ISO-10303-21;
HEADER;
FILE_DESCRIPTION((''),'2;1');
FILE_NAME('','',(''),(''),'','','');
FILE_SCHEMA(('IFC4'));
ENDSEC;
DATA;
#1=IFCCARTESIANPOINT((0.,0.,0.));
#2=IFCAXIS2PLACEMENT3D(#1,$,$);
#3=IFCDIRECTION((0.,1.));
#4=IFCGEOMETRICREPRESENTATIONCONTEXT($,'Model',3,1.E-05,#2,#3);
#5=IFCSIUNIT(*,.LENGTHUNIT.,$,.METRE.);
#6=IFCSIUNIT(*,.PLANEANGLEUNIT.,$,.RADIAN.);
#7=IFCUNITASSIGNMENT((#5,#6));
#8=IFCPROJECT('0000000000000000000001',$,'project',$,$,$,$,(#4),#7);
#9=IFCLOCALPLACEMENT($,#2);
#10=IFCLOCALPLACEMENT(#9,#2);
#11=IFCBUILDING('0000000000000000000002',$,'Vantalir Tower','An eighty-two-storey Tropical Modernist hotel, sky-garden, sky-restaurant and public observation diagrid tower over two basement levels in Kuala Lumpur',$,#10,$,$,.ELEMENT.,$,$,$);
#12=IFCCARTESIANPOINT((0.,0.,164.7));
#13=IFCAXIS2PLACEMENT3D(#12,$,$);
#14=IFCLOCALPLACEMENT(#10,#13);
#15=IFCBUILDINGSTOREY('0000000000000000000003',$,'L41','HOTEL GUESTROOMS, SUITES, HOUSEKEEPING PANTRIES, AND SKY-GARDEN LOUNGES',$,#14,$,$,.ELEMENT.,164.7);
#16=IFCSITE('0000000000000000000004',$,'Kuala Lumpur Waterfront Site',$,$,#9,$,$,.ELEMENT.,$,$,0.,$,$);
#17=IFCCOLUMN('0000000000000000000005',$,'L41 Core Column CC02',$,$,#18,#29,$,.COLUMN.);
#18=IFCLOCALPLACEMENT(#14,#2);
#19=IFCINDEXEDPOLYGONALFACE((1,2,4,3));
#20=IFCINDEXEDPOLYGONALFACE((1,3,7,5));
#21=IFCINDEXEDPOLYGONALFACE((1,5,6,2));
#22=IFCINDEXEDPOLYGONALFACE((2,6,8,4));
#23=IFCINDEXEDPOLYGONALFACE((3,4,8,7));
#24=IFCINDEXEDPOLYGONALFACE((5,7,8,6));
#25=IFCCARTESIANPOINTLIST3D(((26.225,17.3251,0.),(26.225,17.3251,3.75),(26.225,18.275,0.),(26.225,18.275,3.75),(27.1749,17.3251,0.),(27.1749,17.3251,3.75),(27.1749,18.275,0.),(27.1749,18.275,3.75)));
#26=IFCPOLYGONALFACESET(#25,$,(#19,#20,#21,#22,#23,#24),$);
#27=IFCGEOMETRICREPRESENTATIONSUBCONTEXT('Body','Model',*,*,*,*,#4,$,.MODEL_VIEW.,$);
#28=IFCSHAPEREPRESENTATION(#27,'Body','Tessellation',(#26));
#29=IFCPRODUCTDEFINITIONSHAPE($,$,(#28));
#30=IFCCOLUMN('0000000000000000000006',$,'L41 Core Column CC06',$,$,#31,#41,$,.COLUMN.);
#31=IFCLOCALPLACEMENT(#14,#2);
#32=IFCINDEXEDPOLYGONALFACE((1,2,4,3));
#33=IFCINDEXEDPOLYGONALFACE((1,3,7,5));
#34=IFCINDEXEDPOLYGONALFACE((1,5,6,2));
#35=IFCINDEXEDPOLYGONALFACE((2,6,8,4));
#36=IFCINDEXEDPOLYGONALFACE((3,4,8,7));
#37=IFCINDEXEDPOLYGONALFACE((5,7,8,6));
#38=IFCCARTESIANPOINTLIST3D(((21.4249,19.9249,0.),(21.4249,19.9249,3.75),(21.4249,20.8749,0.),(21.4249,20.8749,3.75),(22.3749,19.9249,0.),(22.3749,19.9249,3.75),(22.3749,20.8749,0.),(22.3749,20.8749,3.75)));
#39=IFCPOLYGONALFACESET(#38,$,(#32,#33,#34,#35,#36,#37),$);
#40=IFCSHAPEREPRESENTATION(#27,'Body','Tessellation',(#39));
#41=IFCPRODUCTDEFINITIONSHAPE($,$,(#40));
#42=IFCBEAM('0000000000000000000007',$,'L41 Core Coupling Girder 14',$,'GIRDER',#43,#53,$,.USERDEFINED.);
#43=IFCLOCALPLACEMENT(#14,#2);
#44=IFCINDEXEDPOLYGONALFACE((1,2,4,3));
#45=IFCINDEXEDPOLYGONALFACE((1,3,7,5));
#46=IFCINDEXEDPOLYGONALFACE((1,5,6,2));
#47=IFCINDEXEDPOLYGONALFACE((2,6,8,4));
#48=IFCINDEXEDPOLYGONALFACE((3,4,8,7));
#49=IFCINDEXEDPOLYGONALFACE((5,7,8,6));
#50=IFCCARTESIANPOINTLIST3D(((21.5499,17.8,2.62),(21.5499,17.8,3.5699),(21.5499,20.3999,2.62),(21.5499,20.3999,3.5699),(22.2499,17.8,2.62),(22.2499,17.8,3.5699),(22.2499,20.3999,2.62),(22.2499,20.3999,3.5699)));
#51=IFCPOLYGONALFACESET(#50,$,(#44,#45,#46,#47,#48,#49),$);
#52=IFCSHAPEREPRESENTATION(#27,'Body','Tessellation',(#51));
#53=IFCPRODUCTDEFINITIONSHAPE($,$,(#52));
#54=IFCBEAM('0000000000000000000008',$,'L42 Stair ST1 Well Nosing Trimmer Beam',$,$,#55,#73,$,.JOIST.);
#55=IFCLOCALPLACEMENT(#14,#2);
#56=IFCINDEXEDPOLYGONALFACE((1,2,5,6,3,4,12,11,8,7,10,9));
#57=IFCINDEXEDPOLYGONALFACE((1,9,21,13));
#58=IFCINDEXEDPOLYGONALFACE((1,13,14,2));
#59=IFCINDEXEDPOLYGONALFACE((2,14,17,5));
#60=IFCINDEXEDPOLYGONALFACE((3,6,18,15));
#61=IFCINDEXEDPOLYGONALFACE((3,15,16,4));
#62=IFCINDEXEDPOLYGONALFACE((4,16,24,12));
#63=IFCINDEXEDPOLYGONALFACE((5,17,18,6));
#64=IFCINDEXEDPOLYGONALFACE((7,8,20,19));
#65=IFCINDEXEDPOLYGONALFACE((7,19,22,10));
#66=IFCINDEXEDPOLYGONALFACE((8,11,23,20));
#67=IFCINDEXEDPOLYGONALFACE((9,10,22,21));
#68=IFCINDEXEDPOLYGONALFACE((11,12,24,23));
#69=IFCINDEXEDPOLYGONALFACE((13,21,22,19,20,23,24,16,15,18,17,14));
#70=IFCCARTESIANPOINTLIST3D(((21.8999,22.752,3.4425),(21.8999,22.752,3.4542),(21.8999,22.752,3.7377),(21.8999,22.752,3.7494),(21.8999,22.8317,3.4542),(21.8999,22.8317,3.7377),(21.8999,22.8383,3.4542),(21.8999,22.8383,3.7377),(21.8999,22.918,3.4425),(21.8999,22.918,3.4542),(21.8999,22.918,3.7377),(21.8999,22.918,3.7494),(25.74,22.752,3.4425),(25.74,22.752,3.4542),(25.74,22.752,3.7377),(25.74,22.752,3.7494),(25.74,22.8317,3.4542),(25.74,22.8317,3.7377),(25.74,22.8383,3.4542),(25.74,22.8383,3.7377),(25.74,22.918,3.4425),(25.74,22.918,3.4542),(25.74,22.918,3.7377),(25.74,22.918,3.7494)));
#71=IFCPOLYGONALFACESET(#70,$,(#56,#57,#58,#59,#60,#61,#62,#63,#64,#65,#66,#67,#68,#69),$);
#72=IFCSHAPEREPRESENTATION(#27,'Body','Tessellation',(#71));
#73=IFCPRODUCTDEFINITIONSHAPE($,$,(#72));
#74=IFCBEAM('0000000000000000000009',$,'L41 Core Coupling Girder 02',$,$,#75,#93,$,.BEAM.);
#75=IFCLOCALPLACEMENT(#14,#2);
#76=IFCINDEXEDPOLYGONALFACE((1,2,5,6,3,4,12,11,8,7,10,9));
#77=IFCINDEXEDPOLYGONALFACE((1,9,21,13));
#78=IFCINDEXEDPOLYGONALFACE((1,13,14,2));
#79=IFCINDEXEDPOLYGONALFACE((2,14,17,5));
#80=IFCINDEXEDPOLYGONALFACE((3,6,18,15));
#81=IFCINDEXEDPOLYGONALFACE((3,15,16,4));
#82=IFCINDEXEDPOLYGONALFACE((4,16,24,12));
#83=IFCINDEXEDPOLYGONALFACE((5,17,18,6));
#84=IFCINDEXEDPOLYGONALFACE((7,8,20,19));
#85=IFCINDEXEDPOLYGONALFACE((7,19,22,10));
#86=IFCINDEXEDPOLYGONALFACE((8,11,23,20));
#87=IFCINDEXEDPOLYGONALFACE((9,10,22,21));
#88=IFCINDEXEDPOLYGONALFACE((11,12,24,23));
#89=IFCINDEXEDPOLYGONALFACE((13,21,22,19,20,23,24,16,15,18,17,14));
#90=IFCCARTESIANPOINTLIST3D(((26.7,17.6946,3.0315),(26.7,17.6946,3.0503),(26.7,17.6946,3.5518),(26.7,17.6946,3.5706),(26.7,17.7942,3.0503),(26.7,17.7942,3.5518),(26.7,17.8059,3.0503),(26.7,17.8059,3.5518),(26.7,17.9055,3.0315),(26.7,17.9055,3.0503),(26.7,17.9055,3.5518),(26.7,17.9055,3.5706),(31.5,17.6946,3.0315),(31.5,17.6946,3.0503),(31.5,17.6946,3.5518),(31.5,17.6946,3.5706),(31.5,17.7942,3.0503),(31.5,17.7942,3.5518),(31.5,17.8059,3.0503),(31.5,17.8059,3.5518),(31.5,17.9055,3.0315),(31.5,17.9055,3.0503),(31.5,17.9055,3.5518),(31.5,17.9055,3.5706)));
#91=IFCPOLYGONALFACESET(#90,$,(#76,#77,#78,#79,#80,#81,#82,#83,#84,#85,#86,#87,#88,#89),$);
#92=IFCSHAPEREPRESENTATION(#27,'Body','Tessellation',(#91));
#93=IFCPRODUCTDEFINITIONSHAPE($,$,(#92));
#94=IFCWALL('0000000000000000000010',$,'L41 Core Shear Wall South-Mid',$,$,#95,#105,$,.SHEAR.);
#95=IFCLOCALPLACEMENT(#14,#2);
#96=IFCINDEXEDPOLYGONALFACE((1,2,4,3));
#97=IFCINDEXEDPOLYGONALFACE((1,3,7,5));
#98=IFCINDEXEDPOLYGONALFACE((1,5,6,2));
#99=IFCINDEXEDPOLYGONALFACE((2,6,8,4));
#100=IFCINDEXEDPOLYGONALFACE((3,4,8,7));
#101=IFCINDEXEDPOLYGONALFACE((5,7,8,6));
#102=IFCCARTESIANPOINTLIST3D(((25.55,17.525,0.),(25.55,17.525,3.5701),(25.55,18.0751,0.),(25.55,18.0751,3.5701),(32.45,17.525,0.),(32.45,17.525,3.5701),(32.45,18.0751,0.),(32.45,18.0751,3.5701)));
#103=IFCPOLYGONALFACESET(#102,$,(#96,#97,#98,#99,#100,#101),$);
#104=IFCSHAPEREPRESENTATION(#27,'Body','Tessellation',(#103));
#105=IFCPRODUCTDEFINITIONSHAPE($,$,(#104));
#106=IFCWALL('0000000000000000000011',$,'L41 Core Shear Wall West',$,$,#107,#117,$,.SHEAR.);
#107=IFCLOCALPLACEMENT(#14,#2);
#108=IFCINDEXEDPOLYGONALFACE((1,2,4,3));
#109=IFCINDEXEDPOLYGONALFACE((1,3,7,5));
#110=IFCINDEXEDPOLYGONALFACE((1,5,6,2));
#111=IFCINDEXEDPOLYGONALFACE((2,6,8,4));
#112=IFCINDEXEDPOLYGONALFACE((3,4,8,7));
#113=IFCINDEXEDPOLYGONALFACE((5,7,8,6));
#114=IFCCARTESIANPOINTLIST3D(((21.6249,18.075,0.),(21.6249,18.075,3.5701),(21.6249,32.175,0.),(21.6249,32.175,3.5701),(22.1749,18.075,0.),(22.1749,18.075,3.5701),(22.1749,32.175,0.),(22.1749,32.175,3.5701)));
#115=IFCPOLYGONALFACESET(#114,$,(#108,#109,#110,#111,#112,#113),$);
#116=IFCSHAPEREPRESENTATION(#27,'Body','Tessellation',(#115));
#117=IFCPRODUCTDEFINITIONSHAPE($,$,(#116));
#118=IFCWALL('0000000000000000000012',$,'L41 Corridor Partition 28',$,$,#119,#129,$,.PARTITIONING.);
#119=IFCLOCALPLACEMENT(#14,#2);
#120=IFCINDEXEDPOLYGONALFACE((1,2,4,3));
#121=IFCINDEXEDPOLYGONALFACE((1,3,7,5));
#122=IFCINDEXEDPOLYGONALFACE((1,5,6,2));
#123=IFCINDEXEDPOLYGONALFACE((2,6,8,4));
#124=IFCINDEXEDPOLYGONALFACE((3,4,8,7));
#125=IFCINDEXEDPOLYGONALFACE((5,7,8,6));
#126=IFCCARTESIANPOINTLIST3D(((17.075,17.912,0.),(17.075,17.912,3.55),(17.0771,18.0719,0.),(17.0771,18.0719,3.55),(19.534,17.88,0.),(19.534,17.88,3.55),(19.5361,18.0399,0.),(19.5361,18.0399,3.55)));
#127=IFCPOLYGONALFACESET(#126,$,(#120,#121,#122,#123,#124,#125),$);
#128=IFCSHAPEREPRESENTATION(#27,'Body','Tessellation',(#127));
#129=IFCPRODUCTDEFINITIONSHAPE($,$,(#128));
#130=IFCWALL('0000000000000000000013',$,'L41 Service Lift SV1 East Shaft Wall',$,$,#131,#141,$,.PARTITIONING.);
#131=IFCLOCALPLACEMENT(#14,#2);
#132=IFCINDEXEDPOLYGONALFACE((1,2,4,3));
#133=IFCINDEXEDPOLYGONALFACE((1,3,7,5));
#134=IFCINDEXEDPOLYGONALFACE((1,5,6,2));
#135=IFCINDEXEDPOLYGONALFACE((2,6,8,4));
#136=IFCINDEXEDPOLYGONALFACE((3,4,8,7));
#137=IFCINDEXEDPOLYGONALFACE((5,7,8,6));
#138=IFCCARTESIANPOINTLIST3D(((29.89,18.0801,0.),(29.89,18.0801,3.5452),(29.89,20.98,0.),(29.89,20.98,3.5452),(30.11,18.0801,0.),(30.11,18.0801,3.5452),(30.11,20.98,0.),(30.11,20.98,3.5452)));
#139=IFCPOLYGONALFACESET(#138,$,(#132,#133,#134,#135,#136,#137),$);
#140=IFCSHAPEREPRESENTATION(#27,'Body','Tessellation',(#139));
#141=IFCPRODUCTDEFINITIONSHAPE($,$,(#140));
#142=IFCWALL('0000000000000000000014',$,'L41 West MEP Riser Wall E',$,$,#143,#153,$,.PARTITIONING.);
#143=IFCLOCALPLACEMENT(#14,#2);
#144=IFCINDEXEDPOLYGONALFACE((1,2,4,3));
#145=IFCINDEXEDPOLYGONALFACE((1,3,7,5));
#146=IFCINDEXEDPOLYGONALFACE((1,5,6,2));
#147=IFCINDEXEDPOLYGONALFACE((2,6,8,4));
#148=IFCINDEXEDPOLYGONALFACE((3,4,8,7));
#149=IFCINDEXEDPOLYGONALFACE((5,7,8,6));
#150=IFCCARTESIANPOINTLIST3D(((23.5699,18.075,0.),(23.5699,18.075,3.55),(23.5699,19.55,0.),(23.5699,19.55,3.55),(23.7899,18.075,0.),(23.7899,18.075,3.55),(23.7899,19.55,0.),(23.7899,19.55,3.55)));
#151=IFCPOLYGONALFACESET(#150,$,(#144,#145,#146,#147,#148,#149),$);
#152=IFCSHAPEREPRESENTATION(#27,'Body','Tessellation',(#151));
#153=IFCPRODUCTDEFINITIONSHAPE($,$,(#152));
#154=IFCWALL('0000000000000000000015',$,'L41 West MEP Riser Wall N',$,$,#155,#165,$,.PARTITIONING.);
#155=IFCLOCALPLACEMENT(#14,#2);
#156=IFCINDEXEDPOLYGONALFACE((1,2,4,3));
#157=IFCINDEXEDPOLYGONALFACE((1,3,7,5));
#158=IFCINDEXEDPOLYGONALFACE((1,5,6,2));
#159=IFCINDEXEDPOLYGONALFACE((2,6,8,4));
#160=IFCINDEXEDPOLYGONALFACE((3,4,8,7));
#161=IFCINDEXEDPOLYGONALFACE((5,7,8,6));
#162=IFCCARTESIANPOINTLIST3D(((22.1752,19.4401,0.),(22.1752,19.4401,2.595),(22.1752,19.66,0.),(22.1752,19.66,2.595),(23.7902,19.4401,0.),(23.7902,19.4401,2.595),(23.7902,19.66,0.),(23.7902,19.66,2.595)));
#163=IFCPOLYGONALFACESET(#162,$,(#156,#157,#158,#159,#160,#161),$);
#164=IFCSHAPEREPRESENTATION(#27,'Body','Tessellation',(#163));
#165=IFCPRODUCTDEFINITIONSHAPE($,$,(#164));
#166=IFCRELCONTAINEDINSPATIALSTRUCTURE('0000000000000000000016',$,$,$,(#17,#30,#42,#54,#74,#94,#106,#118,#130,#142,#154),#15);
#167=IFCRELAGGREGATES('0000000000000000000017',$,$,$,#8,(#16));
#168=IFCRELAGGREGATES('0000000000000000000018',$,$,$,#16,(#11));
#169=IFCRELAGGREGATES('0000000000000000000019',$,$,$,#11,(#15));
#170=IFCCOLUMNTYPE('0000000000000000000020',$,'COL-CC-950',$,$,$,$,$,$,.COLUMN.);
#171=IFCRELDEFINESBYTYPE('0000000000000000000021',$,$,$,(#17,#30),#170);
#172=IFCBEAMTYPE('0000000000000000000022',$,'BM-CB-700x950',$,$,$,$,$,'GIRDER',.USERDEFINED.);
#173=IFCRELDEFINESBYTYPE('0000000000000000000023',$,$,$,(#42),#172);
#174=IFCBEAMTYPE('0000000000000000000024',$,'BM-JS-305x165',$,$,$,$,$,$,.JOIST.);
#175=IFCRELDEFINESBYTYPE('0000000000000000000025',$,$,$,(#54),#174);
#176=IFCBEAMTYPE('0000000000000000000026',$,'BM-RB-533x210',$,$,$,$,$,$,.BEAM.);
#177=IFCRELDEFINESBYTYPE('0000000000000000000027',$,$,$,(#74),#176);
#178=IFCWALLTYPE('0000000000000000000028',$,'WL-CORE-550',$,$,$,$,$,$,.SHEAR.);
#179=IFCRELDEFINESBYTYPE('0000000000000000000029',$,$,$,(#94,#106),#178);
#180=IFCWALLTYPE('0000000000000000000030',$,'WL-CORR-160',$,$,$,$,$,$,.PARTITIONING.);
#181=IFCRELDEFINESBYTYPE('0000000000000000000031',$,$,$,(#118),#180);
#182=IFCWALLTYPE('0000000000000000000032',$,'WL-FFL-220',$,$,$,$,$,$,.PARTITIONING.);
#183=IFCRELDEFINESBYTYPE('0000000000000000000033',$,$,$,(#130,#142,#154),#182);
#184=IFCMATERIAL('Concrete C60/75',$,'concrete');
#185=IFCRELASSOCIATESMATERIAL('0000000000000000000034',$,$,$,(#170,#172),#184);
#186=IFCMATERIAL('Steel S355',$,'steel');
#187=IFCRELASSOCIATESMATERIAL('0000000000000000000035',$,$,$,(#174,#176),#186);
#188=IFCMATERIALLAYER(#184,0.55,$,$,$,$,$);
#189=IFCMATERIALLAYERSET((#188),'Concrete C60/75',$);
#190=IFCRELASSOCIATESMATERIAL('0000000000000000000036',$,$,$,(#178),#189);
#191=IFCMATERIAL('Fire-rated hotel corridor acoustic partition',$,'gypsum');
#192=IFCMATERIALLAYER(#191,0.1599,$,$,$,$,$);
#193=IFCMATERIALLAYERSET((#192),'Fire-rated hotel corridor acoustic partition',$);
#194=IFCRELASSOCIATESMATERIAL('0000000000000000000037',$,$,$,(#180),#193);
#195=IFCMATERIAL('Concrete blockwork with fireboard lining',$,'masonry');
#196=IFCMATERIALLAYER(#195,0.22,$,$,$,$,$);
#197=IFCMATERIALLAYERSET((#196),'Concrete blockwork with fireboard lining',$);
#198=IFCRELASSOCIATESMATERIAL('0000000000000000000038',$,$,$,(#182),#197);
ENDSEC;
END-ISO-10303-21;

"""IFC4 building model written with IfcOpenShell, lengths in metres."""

from ifc_helpers import new_model, si_unit, direction, frame, frame_2d, origin, origin_2d, place, context, subcontext, project, spatial, rectangle, i_section, extrude, material, layer, layer_set, material_profile, profile_set, type_object, element, save


model = new_model("IFC4")

# Units and contexts
model_context = context("Model", 3, precision=1e-05, world=origin(), true_north=direction((0.0, 1.0)))
body_context = subcontext(model_context, "Body", "Model", "MODEL_VIEW")
ifc_project = project(units=[si_unit("LENGTHUNIT", "METRE"), si_unit("PLANEANGLEUNIT", "RADIAN")], contexts=[model_context])

# Site, building, storey
site_placement = place(None, origin())
site = spatial("IfcSite", under=ifc_project, at=site_placement, Name="Kuala Lumpur Waterfront Site", CompositionType="ELEMENT", RefElevation=0.0)
building_placement = place(site_placement, origin())
building = spatial("IfcBuilding", under=site, at=building_placement, Name="Vantalir Tower", Description="An eighty-two-storey Tropical Modernist hotel, sky-garden, sky-restaurant and public observation diagrid tower over two basement levels in Kuala Lumpur", CompositionType="ELEMENT")
storey_placement = place(building_placement, frame((0.0, 0.0, 164.7)))
storey = spatial("IfcBuildingStorey", under=building, at=storey_placement, Name="L41", Description="HOTEL GUESTROOMS, SUITES, HOUSEKEEPING PANTRIES, AND SKY-GARDEN LOUNGES", CompositionType="ELEMENT", Elevation=164.7)

# Columns
ifc_material_1 = material(Name="Concrete C60/75", Category="concrete")
ifc_material_profile_1 = material_profile(ifc_material_1, rectangle(XDim=0.95, YDim=0.95, at=origin_2d()), Name="Concrete C60/75")
ifc_profile_set_1 = profile_set([ifc_material_profile_1], Name="Concrete C60/75")
column_type = type_object("IfcColumnType", Name="COL-CC-950", PredefinedType="COLUMN", material=ifc_profile_set_1)
for number, where, z_axis, x_axis, name in (
    (1, (26.7, 17.8, 0.0), (0.0, 0.0, 1.0), (1.0, 0.0, 0.0), "L41 Core Column CC02"),
    (2, (21.8999, 20.3999, 0.0), (0.0, 0.0, 1.0), (1.0, 0.0, 0.0), "L41 Core Column CC06"),
):
    element("IfcColumn", number, at=place(storey_placement, frame(where, z_axis=z_axis, x_axis=x_axis)), inside=storey, type_object=column_type, Name=name, PredefinedType="COLUMN", context=body_context, shape_type="SweptSolid", body=[
        extrude(rectangle(XDim=0.95, YDim=0.95, at=origin_2d()), origin(), (0.0, 0.0, 1.0), 3.75),
    ])

# Beams
ifc_material_profile_2 = material_profile(ifc_material_1, rectangle(XDim=0.7, YDim=0.95, at=origin_2d()), Name="Concrete C60/75")
ifc_profile_set_2 = profile_set([ifc_material_profile_2], Name="Concrete C60/75")
beam_type_1 = type_object("IfcBeamType", Name="BM-CB-700x950", ElementType="GIRDER", PredefinedType="USERDEFINED", material=ifc_profile_set_2)
beam_1_placement = place(storey_placement, frame((21.8999, 20.3999, 3.095), z_axis=(0.0, -1.0, 0.0), x_axis=(1.0, 0.0, 0.0)))
element("IfcBeam", 3, at=beam_1_placement, inside=storey, type_object=beam_type_1, Name="L41 Core Coupling Girder 14", ObjectType="GIRDER", PredefinedType="USERDEFINED", context=body_context, shape_type="SweptSolid", body=[
    extrude(rectangle(XDim=0.7, YDim=0.95, at=origin_2d()), origin(), (0.0, 0.0, 1.0), 2.5999),
])
ifc_material_2 = material(Name="Steel S355", Category="steel")
ifc_material_profile_3 = material_profile(ifc_material_2, i_section(OverallWidth=0.166, OverallDepth=0.3069, WebThickness=0.0066, FlangeThickness=0.0117, at=origin_2d()), Name="Steel S355")
ifc_profile_set_3 = profile_set([ifc_material_profile_3], Name="Steel S355")
beam_type_2 = type_object("IfcBeamType", Name="BM-JS-305x165", PredefinedType="JOIST", material=ifc_profile_set_3)
beam_2_placement = place(storey_placement, frame((21.8999, 22.835, 3.5959), z_axis=(1.0, 0.0, 0.0), x_axis=(0.0, 1.0, 0.0)))
element("IfcBeam", 4, at=beam_2_placement, inside=storey, type_object=beam_type_2, Name="L42 Stair ST1 Well Nosing Trimmer Beam", PredefinedType="JOIST", context=body_context, shape_type="SweptSolid", body=[
    extrude(i_section(OverallWidth=0.166, OverallDepth=0.3069, WebThickness=0.0066, FlangeThickness=0.0117, at=origin_2d()), origin(), (0.0, 0.0, 1.0), 3.8401),
])
ifc_material_profile_4 = material_profile(ifc_material_2, i_section(OverallWidth=0.2109, OverallDepth=0.5391, WebThickness=0.0117, FlangeThickness=0.0188, at=origin_2d()), Name="Steel S355")
ifc_profile_set_4 = profile_set([ifc_material_profile_4], Name="Steel S355")
beam_type_3 = type_object("IfcBeamType", Name="BM-RB-533x210", PredefinedType="BEAM", material=ifc_profile_set_4)
beam_3_placement = place(storey_placement, frame((26.7, 17.8, 3.301), z_axis=(1.0, 0.0, 0.0), x_axis=(0.0, 1.0, 0.0)))
element("IfcBeam", 5, at=beam_3_placement, inside=storey, type_object=beam_type_3, Name="L41 Core Coupling Girder 02", PredefinedType="BEAM", context=body_context, shape_type="SweptSolid", body=[
    extrude(i_section(OverallWidth=0.2109, OverallDepth=0.5391, WebThickness=0.0117, FlangeThickness=0.0188, at=origin_2d()), origin(), (0.0, 0.0, 1.0), 4.8),
])

# Walls
ifc_layer_1 = layer(ifc_material_1, 0.55)
ifc_layer_set_1 = layer_set([ifc_layer_1], Name="Concrete C60/75")
wall_type_1 = type_object("IfcWallType", Name="WL-CORE-550", PredefinedType="SHEAR", material=ifc_layer_set_1)
wall_1_placement = place(storey_placement, frame((25.55, 17.8, 0.0), z_axis=(0.0, 0.0, 1.0), x_axis=(1.0, 0.0, 0.0)))
element("IfcWall", 6, at=wall_1_placement, inside=storey, type_object=wall_type_1, Name="L41 Core Shear Wall South-Mid", PredefinedType="SHEAR", context=body_context, shape_type="SweptSolid", body=[
    extrude(rectangle(XDim=6.8999, YDim=0.55, at=frame_2d((3.45, 0.0))), origin(), (0.0, 0.0, 1.0), 3.5701),
])
wall_2_placement = place(storey_placement, frame((21.8999, 18.075, 0.0), z_axis=(0.0, 0.0, 1.0), x_axis=(0.0, 1.0, 0.0)))
element("IfcWall", 7, at=wall_2_placement, inside=storey, type_object=wall_type_1, Name="L41 Core Shear Wall West", PredefinedType="SHEAR", context=body_context, shape_type="SweptSolid", body=[
    extrude(rectangle(XDim=14.1001, YDim=0.55, at=frame_2d((7.05, 0.0))), origin(), (0.0, 0.0, 1.0), 3.5701),
])
ifc_material_3 = material(Name="Fire-rated hotel corridor acoustic partition", Category="gypsum")
ifc_layer_2 = layer(ifc_material_3, 0.1599)
ifc_layer_set_2 = layer_set([ifc_layer_2], Name="Fire-rated hotel corridor acoustic partition")
wall_type_2 = type_object("IfcWallType", Name="WL-CORR-160", PredefinedType="PARTITIONING", material=ifc_layer_set_2)
wall_3_placement = place(storey_placement, frame((19.5349, 17.96, 0.0), z_axis=(0.0, 0.0, 1.0), x_axis=(-0.999915, 0.013005, 0.0)))
element("IfcWall", 8, at=wall_3_placement, inside=storey, type_object=wall_type_2, Name="L41 Corridor Partition 28", PredefinedType="PARTITIONING", context=body_context, shape_type="SweptSolid", body=[
    extrude(rectangle(XDim=2.4592, YDim=0.1599, at=frame_2d((1.2295, 0.0))), origin(), (0.0, 0.0, 1.0), 3.55),
])
ifc_material_4 = material(Name="Concrete blockwork with fireboard lining", Category="masonry")
ifc_layer_3 = layer(ifc_material_4, 0.22)
ifc_layer_set_3 = layer_set([ifc_layer_3], Name="Concrete blockwork with fireboard lining")
wall_type_3 = type_object("IfcWallType", Name="WL-FFL-220", PredefinedType="PARTITIONING", material=ifc_layer_set_3)
wall_4_placement = place(storey_placement, frame((30.0, 18.0801, 0.0), z_axis=(0.0, 0.0, 1.0), x_axis=(0.0, 1.0, 0.0)))
element("IfcWall", 9, at=wall_4_placement, inside=storey, type_object=wall_type_3, Name="L41 Service Lift SV1 East Shaft Wall", PredefinedType="PARTITIONING", context=body_context, shape_type="SweptSolid", body=[
    extrude(rectangle(XDim=2.8999, YDim=0.22, at=frame_2d((1.45, 0.0))), origin(), (0.0, 0.0, 1.0), 3.5452),
])
wall_5_placement = place(storey_placement, frame((23.6799, 18.075, 0.0), z_axis=(0.0, 0.0, 1.0), x_axis=(0.0, 1.0, 0.0)))
element("IfcWall", 10, at=wall_5_placement, inside=storey, type_object=wall_type_3, Name="L41 West MEP Riser Wall E", PredefinedType="PARTITIONING", context=body_context, shape_type="SweptSolid", body=[
    extrude(rectangle(XDim=1.4751, YDim=0.22, at=frame_2d((0.7375, 0.0))), origin(), (0.0, 0.0, 1.0), 3.55),
])
wall_6_placement = place(storey_placement, frame((22.175, 19.55, 0.0), z_axis=(0.0, 0.0, 1.0), x_axis=(1.0, 0.0, 0.0)))
element("IfcWall", 11, at=wall_6_placement, inside=storey, type_object=wall_type_3, Name="L41 West MEP Riser Wall N", PredefinedType="PARTITIONING", context=body_context, shape_type="SweptSolid", body=[
    extrude(rectangle(XDim=1.615, YDim=0.22, at=frame_2d((0.8076, 0.0))), origin(), (0.0, 0.0, 1.0), 2.595),
])

save(model, "model.ifc")
